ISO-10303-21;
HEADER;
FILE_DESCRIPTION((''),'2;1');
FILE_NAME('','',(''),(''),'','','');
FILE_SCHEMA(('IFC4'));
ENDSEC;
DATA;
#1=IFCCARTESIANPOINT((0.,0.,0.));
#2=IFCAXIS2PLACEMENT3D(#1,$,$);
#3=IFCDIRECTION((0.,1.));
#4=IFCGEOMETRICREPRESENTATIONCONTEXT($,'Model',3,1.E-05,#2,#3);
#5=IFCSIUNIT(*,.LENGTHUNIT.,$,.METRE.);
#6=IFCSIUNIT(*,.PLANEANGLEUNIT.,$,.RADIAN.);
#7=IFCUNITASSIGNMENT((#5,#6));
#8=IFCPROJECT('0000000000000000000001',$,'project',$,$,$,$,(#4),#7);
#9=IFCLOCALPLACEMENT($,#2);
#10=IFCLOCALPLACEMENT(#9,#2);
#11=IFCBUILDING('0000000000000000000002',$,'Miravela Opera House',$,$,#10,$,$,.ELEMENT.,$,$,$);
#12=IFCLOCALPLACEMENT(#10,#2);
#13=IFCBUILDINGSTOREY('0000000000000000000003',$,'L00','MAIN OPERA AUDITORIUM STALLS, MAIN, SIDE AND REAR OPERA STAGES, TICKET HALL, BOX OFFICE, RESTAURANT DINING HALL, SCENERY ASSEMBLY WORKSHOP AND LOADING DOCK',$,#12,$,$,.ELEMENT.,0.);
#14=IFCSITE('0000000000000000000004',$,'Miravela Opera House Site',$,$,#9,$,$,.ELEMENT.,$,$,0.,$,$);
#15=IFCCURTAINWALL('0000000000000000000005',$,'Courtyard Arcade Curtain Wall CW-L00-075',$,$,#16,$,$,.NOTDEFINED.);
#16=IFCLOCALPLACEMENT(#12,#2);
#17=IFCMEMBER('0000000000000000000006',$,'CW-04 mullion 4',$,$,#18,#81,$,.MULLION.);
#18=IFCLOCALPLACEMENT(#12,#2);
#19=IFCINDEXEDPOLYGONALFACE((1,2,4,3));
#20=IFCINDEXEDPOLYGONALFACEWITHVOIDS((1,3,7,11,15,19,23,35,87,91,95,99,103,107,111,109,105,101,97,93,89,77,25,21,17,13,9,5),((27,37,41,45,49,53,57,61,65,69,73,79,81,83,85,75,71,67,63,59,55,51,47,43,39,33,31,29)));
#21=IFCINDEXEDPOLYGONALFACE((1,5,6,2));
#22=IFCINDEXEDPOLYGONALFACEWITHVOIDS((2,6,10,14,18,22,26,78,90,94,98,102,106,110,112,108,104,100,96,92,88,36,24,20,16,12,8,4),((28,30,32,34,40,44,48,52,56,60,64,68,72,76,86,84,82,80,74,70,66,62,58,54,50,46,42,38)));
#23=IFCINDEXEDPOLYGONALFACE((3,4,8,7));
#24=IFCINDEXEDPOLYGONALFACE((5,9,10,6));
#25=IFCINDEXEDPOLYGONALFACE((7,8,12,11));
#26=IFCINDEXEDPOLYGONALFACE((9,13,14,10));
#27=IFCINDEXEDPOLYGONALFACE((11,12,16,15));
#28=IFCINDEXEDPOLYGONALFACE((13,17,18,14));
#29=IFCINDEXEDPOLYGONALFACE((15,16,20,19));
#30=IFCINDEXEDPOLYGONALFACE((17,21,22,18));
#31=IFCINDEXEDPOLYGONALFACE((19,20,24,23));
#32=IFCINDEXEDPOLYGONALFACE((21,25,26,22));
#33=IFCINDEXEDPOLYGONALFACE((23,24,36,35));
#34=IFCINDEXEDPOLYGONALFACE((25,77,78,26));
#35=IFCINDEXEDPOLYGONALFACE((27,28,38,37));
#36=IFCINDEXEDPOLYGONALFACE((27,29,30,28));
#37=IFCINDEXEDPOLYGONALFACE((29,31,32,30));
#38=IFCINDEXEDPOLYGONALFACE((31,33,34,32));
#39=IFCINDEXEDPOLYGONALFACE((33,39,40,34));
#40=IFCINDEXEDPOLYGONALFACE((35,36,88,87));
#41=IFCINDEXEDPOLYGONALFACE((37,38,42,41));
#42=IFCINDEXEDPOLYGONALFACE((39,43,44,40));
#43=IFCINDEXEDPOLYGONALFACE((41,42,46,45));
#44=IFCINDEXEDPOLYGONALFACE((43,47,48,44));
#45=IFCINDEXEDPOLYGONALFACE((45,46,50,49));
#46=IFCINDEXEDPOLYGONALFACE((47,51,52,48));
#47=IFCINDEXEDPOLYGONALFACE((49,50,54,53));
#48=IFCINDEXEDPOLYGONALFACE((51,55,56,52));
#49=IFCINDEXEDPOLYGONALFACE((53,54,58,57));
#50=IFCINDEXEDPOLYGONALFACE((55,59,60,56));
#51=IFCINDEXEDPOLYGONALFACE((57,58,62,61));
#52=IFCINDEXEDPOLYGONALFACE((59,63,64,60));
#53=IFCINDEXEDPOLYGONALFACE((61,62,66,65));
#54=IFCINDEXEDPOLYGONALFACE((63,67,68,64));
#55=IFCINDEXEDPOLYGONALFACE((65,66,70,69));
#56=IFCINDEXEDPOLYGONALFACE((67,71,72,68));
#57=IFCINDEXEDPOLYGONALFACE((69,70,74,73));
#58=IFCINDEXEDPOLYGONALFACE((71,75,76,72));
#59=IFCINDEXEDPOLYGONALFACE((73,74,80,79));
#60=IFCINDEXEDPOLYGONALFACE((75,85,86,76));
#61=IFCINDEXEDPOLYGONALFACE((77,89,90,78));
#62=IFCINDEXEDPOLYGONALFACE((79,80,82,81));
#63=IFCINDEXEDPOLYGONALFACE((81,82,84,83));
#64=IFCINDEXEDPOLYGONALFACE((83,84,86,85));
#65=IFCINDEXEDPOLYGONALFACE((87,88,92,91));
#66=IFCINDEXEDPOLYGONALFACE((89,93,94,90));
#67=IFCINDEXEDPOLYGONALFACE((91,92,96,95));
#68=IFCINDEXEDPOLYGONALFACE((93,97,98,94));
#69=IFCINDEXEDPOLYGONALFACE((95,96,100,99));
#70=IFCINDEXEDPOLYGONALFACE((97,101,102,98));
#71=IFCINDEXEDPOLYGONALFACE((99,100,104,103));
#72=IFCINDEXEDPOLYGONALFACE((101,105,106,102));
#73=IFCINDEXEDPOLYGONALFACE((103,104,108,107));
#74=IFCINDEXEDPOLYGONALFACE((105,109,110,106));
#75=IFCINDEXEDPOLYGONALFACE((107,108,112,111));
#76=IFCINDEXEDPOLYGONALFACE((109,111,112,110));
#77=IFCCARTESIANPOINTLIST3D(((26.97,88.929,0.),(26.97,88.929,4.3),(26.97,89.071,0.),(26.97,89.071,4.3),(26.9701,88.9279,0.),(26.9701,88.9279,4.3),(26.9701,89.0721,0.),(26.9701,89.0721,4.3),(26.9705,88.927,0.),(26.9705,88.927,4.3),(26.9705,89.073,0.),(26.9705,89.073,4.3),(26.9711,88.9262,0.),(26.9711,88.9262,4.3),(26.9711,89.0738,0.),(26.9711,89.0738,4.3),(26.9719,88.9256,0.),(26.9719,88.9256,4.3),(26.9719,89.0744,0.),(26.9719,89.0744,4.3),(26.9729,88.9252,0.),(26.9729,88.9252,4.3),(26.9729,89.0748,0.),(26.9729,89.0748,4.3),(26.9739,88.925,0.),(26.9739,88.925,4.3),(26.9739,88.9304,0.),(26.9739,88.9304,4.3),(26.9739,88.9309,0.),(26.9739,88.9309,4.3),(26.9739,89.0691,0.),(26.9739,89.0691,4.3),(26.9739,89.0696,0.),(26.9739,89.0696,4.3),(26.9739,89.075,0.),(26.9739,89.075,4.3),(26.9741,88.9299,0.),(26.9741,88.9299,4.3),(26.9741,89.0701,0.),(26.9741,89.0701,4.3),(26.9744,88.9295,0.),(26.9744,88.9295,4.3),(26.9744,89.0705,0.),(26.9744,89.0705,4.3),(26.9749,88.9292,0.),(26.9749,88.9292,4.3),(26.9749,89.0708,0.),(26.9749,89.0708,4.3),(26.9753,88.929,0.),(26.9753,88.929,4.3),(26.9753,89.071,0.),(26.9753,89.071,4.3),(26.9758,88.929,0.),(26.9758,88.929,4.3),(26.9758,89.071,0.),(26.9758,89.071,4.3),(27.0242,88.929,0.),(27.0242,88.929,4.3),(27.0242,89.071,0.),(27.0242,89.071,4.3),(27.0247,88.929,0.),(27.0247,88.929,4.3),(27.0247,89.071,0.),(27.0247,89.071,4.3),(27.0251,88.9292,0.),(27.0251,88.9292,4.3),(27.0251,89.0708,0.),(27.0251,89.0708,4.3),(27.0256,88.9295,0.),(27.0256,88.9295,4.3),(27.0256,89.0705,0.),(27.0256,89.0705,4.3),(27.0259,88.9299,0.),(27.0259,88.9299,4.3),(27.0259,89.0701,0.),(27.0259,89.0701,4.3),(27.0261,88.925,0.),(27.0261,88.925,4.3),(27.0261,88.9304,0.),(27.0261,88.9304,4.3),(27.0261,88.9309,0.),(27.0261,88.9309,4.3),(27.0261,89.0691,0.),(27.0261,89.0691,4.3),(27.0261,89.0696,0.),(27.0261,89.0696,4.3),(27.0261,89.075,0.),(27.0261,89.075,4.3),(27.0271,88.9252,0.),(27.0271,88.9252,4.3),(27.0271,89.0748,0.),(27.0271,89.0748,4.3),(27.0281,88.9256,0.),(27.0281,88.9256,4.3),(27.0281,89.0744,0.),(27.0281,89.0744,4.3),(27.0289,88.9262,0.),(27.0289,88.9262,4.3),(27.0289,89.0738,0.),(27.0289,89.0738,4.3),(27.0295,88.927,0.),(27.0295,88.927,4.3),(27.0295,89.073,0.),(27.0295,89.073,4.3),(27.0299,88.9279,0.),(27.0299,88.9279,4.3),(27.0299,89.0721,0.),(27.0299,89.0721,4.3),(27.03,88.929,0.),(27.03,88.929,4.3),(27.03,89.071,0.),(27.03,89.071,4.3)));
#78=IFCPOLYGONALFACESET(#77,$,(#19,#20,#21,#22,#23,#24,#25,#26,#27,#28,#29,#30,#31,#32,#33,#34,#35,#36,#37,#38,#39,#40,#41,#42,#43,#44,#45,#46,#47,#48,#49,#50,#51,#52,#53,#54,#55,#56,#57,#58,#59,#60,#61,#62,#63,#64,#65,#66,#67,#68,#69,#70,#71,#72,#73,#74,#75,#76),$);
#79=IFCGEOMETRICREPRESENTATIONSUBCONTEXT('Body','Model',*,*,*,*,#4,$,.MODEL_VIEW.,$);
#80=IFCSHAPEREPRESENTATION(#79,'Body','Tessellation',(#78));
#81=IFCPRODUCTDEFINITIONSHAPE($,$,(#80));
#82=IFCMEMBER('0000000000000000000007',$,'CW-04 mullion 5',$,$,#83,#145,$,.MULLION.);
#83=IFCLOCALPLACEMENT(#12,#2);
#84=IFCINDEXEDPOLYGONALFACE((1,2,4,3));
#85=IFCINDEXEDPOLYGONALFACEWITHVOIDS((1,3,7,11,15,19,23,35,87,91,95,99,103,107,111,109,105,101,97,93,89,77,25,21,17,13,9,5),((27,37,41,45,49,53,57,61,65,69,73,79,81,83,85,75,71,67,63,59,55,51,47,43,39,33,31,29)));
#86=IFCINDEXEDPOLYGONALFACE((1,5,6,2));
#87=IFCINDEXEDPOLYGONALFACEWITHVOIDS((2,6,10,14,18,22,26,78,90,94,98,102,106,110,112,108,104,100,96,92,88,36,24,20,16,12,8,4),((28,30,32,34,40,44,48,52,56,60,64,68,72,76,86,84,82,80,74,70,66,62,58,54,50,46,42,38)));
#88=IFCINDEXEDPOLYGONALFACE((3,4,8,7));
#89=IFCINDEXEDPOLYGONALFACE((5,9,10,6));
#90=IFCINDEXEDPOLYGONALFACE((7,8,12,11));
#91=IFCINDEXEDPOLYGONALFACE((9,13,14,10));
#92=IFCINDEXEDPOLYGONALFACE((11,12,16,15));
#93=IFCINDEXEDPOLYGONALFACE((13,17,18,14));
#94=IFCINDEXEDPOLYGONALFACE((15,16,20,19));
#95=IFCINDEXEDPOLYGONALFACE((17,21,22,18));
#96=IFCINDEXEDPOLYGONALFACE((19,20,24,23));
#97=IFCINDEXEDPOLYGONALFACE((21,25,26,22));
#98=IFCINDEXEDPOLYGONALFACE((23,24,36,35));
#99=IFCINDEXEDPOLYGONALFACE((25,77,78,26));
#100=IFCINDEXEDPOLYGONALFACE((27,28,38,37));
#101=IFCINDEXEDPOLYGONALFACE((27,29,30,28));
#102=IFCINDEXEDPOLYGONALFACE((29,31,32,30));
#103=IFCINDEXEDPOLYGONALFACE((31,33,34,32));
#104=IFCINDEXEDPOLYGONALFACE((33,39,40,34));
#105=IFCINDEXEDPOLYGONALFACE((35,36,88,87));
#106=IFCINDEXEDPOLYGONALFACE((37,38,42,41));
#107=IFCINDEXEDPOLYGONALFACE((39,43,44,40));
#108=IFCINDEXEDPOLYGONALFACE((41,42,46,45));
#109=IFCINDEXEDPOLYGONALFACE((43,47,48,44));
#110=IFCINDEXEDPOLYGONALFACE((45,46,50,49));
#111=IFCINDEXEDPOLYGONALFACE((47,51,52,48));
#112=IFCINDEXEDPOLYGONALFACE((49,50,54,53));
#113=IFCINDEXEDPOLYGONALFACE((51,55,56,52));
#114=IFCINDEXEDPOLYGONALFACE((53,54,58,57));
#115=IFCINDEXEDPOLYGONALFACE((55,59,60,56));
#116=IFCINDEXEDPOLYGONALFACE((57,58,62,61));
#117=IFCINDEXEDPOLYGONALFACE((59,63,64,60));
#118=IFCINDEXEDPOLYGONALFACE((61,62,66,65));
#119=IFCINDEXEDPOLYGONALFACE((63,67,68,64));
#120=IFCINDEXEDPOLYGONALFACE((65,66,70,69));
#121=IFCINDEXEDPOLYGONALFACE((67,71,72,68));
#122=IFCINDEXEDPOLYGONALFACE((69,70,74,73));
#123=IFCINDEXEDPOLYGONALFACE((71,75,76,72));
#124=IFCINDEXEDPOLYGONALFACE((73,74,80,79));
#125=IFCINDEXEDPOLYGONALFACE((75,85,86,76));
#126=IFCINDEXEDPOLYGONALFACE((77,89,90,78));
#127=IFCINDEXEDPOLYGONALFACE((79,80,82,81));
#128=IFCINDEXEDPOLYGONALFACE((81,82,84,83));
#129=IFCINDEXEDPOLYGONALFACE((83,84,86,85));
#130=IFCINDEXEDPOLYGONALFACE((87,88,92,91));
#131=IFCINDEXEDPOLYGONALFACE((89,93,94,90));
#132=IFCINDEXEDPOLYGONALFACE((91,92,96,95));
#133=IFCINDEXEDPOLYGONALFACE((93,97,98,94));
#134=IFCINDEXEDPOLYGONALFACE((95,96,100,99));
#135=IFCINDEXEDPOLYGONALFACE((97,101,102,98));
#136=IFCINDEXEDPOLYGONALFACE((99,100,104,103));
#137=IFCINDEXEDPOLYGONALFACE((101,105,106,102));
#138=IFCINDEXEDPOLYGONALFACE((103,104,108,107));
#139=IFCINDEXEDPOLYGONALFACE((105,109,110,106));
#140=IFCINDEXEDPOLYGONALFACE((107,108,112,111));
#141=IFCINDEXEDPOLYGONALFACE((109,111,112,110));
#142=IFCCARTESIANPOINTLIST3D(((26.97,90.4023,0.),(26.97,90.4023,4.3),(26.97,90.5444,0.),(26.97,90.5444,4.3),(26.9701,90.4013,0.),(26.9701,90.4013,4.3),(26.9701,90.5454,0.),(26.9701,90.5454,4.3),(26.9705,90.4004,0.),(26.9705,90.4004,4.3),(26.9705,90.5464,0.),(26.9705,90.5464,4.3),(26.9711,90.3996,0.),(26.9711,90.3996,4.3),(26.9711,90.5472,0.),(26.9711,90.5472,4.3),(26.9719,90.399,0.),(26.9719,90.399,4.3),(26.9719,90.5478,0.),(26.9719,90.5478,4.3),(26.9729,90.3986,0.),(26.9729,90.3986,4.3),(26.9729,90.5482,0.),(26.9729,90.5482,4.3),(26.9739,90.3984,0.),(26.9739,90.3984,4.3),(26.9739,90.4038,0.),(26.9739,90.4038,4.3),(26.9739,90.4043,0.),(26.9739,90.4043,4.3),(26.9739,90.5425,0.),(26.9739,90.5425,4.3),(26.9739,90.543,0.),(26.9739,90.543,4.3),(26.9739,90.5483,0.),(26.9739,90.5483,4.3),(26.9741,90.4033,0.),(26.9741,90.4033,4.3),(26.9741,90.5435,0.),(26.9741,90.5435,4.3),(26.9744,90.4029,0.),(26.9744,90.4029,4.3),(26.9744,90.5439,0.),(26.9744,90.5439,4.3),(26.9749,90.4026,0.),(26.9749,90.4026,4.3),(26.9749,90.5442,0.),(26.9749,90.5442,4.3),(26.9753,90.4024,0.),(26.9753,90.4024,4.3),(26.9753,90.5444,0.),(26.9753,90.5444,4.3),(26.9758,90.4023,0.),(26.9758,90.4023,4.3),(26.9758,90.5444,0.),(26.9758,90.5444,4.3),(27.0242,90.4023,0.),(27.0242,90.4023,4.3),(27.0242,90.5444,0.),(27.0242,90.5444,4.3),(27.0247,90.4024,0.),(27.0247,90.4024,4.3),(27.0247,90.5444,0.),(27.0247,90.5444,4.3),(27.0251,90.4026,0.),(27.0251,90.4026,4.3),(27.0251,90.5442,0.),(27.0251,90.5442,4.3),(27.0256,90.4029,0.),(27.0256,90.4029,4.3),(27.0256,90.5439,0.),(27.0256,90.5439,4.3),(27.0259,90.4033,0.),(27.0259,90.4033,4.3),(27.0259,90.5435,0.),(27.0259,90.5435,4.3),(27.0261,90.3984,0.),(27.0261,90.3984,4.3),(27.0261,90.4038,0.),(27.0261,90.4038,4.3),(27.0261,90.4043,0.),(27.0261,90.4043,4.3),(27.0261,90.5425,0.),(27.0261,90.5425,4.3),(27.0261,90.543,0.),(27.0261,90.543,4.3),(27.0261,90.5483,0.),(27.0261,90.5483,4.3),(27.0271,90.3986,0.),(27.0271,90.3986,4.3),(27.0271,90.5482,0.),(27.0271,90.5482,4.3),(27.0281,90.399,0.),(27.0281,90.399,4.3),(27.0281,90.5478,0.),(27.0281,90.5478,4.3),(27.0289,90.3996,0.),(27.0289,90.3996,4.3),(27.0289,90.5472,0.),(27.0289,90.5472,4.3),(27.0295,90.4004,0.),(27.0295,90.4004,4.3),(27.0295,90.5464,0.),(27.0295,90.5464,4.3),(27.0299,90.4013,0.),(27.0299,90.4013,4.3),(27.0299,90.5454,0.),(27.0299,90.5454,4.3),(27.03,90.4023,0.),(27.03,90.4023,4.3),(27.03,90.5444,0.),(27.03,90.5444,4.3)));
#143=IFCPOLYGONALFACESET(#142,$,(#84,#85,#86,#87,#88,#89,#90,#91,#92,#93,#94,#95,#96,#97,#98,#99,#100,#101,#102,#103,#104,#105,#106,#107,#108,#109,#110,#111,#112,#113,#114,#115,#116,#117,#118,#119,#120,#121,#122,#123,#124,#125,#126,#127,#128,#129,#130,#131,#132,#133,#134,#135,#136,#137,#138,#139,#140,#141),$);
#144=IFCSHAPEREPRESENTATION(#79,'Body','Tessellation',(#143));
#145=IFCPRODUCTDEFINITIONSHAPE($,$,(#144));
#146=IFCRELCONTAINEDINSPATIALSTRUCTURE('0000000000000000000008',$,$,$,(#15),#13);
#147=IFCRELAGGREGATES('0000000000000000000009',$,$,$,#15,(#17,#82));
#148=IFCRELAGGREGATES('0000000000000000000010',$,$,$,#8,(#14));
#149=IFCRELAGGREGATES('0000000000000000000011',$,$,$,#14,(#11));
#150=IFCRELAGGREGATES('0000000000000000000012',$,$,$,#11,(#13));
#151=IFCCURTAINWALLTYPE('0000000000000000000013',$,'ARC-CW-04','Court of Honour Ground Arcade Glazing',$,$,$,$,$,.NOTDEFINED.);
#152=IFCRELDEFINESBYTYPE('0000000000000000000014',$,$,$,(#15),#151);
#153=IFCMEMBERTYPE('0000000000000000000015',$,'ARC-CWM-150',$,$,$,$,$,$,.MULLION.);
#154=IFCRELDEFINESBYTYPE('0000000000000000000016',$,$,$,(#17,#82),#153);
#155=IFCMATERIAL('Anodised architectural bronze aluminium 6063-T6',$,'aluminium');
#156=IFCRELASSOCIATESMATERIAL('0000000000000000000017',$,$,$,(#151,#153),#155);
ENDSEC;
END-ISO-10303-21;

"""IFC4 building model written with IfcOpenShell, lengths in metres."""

from ifc_helpers import new_model, si_unit, direction, frame, origin, origin_2d, place, context, subcontext, project, spatial, hollow_rectangle, extrude, material, material_profile, profile_set, type_object, element, aggregate, save


model = new_model("IFC4")

# Units and contexts
model_context = context("Model", 3, precision=1e-05, world=origin(), true_north=direction((0.0, 1.0)))
body_context = subcontext(model_context, "Body", "Model", "MODEL_VIEW")
ifc_project = project(units=[si_unit("LENGTHUNIT", "METRE"), si_unit("PLANEANGLEUNIT", "RADIAN")], contexts=[model_context])

# Site, building, storey
site_placement = place(None, origin())
site = spatial("IfcSite", under=ifc_project, at=site_placement, Name="Miravela Opera House Site", CompositionType="ELEMENT", RefElevation=0.0)
building_placement = place(site_placement, origin())
building = spatial("IfcBuilding", under=site, at=building_placement, Name="Miravela Opera House", CompositionType="ELEMENT")
storey_placement = place(building_placement, origin())
storey = spatial("IfcBuildingStorey", under=building, at=storey_placement, Name="L00", Description="MAIN OPERA AUDITORIUM STALLS, MAIN, SIDE AND REAR OPERA STAGES, TICKET HALL, BOX OFFICE, RESTAURANT DINING HALL, SCENERY ASSEMBLY WORKSHOP AND LOADING DOCK", CompositionType="ELEMENT", Elevation=0.0)

# Curtain wall, members
ifc_material_1 = material(Name="Anodised architectural bronze aluminium 6063-T6", Category="aluminium")
curtain_wall_type = type_object("IfcCurtainWallType", Name="ARC-CW-04", Description="Court of Honour Ground Arcade Glazing", PredefinedType="NOTDEFINED", material=ifc_material_1)
curtain_wall_placement = place(storey_placement, origin())
curtain_wall = element("IfcCurtainWall", 1, at=curtain_wall_placement, inside=storey, type_object=curtain_wall_type, Name="Courtyard Arcade Curtain Wall CW-L00-075", PredefinedType="NOTDEFINED")
ifc_material_profile_1 = material_profile(ifc_material_1, hollow_rectangle(XDim=0.0601, YDim=0.1499, WallThickness=0.0039, InnerFilletRadius=0.002, OuterFilletRadius=0.0039, at=origin_2d()), Name="CWM-60X150")
ifc_profile_set_1 = profile_set([ifc_material_profile_1])
member_type_1 = type_object("IfcMemberType", Name="ARC-CWM-150", PredefinedType="MULLION", material=ifc_profile_set_1)
member_1_placement = place(storey_placement, frame((27.0, 89.0, 0.0), z_axis=(0.0, 0.0, 1.0), x_axis=(-1.0, 0.0, 0.0)))
member_1 = element("IfcMember", 2, at=member_1_placement, type_object=member_type_1, Name="CW-04 mullion 4", PredefinedType="MULLION", context=body_context, shape_type="SweptSolid", body=[
    extrude(hollow_rectangle(XDim=0.0601, YDim=0.1499, WallThickness=0.0039, InnerFilletRadius=0.002, OuterFilletRadius=0.0039, at=origin_2d()), origin(), (0.0, 0.0, 1.0), 4.3),
])
member_2_placement = place(storey_placement, frame((27.0, 90.4734, 0.0), z_axis=(0.0, 0.0, 1.0), x_axis=(-1.0, 0.0, 0.0)))
member_2 = element("IfcMember", 3, at=member_2_placement, type_object=member_type_1, Name="CW-04 mullion 5", PredefinedType="MULLION", context=body_context, shape_type="SweptSolid", body=[
    extrude(hollow_rectangle(XDim=0.0601, YDim=0.1499, WallThickness=0.0039, InnerFilletRadius=0.002, OuterFilletRadius=0.0039, at=origin_2d()), origin(), (0.0, 0.0, 1.0), 4.3),
])
aggregate(curtain_wall, [member_1, member_2])

save(model, "model.ifc")
